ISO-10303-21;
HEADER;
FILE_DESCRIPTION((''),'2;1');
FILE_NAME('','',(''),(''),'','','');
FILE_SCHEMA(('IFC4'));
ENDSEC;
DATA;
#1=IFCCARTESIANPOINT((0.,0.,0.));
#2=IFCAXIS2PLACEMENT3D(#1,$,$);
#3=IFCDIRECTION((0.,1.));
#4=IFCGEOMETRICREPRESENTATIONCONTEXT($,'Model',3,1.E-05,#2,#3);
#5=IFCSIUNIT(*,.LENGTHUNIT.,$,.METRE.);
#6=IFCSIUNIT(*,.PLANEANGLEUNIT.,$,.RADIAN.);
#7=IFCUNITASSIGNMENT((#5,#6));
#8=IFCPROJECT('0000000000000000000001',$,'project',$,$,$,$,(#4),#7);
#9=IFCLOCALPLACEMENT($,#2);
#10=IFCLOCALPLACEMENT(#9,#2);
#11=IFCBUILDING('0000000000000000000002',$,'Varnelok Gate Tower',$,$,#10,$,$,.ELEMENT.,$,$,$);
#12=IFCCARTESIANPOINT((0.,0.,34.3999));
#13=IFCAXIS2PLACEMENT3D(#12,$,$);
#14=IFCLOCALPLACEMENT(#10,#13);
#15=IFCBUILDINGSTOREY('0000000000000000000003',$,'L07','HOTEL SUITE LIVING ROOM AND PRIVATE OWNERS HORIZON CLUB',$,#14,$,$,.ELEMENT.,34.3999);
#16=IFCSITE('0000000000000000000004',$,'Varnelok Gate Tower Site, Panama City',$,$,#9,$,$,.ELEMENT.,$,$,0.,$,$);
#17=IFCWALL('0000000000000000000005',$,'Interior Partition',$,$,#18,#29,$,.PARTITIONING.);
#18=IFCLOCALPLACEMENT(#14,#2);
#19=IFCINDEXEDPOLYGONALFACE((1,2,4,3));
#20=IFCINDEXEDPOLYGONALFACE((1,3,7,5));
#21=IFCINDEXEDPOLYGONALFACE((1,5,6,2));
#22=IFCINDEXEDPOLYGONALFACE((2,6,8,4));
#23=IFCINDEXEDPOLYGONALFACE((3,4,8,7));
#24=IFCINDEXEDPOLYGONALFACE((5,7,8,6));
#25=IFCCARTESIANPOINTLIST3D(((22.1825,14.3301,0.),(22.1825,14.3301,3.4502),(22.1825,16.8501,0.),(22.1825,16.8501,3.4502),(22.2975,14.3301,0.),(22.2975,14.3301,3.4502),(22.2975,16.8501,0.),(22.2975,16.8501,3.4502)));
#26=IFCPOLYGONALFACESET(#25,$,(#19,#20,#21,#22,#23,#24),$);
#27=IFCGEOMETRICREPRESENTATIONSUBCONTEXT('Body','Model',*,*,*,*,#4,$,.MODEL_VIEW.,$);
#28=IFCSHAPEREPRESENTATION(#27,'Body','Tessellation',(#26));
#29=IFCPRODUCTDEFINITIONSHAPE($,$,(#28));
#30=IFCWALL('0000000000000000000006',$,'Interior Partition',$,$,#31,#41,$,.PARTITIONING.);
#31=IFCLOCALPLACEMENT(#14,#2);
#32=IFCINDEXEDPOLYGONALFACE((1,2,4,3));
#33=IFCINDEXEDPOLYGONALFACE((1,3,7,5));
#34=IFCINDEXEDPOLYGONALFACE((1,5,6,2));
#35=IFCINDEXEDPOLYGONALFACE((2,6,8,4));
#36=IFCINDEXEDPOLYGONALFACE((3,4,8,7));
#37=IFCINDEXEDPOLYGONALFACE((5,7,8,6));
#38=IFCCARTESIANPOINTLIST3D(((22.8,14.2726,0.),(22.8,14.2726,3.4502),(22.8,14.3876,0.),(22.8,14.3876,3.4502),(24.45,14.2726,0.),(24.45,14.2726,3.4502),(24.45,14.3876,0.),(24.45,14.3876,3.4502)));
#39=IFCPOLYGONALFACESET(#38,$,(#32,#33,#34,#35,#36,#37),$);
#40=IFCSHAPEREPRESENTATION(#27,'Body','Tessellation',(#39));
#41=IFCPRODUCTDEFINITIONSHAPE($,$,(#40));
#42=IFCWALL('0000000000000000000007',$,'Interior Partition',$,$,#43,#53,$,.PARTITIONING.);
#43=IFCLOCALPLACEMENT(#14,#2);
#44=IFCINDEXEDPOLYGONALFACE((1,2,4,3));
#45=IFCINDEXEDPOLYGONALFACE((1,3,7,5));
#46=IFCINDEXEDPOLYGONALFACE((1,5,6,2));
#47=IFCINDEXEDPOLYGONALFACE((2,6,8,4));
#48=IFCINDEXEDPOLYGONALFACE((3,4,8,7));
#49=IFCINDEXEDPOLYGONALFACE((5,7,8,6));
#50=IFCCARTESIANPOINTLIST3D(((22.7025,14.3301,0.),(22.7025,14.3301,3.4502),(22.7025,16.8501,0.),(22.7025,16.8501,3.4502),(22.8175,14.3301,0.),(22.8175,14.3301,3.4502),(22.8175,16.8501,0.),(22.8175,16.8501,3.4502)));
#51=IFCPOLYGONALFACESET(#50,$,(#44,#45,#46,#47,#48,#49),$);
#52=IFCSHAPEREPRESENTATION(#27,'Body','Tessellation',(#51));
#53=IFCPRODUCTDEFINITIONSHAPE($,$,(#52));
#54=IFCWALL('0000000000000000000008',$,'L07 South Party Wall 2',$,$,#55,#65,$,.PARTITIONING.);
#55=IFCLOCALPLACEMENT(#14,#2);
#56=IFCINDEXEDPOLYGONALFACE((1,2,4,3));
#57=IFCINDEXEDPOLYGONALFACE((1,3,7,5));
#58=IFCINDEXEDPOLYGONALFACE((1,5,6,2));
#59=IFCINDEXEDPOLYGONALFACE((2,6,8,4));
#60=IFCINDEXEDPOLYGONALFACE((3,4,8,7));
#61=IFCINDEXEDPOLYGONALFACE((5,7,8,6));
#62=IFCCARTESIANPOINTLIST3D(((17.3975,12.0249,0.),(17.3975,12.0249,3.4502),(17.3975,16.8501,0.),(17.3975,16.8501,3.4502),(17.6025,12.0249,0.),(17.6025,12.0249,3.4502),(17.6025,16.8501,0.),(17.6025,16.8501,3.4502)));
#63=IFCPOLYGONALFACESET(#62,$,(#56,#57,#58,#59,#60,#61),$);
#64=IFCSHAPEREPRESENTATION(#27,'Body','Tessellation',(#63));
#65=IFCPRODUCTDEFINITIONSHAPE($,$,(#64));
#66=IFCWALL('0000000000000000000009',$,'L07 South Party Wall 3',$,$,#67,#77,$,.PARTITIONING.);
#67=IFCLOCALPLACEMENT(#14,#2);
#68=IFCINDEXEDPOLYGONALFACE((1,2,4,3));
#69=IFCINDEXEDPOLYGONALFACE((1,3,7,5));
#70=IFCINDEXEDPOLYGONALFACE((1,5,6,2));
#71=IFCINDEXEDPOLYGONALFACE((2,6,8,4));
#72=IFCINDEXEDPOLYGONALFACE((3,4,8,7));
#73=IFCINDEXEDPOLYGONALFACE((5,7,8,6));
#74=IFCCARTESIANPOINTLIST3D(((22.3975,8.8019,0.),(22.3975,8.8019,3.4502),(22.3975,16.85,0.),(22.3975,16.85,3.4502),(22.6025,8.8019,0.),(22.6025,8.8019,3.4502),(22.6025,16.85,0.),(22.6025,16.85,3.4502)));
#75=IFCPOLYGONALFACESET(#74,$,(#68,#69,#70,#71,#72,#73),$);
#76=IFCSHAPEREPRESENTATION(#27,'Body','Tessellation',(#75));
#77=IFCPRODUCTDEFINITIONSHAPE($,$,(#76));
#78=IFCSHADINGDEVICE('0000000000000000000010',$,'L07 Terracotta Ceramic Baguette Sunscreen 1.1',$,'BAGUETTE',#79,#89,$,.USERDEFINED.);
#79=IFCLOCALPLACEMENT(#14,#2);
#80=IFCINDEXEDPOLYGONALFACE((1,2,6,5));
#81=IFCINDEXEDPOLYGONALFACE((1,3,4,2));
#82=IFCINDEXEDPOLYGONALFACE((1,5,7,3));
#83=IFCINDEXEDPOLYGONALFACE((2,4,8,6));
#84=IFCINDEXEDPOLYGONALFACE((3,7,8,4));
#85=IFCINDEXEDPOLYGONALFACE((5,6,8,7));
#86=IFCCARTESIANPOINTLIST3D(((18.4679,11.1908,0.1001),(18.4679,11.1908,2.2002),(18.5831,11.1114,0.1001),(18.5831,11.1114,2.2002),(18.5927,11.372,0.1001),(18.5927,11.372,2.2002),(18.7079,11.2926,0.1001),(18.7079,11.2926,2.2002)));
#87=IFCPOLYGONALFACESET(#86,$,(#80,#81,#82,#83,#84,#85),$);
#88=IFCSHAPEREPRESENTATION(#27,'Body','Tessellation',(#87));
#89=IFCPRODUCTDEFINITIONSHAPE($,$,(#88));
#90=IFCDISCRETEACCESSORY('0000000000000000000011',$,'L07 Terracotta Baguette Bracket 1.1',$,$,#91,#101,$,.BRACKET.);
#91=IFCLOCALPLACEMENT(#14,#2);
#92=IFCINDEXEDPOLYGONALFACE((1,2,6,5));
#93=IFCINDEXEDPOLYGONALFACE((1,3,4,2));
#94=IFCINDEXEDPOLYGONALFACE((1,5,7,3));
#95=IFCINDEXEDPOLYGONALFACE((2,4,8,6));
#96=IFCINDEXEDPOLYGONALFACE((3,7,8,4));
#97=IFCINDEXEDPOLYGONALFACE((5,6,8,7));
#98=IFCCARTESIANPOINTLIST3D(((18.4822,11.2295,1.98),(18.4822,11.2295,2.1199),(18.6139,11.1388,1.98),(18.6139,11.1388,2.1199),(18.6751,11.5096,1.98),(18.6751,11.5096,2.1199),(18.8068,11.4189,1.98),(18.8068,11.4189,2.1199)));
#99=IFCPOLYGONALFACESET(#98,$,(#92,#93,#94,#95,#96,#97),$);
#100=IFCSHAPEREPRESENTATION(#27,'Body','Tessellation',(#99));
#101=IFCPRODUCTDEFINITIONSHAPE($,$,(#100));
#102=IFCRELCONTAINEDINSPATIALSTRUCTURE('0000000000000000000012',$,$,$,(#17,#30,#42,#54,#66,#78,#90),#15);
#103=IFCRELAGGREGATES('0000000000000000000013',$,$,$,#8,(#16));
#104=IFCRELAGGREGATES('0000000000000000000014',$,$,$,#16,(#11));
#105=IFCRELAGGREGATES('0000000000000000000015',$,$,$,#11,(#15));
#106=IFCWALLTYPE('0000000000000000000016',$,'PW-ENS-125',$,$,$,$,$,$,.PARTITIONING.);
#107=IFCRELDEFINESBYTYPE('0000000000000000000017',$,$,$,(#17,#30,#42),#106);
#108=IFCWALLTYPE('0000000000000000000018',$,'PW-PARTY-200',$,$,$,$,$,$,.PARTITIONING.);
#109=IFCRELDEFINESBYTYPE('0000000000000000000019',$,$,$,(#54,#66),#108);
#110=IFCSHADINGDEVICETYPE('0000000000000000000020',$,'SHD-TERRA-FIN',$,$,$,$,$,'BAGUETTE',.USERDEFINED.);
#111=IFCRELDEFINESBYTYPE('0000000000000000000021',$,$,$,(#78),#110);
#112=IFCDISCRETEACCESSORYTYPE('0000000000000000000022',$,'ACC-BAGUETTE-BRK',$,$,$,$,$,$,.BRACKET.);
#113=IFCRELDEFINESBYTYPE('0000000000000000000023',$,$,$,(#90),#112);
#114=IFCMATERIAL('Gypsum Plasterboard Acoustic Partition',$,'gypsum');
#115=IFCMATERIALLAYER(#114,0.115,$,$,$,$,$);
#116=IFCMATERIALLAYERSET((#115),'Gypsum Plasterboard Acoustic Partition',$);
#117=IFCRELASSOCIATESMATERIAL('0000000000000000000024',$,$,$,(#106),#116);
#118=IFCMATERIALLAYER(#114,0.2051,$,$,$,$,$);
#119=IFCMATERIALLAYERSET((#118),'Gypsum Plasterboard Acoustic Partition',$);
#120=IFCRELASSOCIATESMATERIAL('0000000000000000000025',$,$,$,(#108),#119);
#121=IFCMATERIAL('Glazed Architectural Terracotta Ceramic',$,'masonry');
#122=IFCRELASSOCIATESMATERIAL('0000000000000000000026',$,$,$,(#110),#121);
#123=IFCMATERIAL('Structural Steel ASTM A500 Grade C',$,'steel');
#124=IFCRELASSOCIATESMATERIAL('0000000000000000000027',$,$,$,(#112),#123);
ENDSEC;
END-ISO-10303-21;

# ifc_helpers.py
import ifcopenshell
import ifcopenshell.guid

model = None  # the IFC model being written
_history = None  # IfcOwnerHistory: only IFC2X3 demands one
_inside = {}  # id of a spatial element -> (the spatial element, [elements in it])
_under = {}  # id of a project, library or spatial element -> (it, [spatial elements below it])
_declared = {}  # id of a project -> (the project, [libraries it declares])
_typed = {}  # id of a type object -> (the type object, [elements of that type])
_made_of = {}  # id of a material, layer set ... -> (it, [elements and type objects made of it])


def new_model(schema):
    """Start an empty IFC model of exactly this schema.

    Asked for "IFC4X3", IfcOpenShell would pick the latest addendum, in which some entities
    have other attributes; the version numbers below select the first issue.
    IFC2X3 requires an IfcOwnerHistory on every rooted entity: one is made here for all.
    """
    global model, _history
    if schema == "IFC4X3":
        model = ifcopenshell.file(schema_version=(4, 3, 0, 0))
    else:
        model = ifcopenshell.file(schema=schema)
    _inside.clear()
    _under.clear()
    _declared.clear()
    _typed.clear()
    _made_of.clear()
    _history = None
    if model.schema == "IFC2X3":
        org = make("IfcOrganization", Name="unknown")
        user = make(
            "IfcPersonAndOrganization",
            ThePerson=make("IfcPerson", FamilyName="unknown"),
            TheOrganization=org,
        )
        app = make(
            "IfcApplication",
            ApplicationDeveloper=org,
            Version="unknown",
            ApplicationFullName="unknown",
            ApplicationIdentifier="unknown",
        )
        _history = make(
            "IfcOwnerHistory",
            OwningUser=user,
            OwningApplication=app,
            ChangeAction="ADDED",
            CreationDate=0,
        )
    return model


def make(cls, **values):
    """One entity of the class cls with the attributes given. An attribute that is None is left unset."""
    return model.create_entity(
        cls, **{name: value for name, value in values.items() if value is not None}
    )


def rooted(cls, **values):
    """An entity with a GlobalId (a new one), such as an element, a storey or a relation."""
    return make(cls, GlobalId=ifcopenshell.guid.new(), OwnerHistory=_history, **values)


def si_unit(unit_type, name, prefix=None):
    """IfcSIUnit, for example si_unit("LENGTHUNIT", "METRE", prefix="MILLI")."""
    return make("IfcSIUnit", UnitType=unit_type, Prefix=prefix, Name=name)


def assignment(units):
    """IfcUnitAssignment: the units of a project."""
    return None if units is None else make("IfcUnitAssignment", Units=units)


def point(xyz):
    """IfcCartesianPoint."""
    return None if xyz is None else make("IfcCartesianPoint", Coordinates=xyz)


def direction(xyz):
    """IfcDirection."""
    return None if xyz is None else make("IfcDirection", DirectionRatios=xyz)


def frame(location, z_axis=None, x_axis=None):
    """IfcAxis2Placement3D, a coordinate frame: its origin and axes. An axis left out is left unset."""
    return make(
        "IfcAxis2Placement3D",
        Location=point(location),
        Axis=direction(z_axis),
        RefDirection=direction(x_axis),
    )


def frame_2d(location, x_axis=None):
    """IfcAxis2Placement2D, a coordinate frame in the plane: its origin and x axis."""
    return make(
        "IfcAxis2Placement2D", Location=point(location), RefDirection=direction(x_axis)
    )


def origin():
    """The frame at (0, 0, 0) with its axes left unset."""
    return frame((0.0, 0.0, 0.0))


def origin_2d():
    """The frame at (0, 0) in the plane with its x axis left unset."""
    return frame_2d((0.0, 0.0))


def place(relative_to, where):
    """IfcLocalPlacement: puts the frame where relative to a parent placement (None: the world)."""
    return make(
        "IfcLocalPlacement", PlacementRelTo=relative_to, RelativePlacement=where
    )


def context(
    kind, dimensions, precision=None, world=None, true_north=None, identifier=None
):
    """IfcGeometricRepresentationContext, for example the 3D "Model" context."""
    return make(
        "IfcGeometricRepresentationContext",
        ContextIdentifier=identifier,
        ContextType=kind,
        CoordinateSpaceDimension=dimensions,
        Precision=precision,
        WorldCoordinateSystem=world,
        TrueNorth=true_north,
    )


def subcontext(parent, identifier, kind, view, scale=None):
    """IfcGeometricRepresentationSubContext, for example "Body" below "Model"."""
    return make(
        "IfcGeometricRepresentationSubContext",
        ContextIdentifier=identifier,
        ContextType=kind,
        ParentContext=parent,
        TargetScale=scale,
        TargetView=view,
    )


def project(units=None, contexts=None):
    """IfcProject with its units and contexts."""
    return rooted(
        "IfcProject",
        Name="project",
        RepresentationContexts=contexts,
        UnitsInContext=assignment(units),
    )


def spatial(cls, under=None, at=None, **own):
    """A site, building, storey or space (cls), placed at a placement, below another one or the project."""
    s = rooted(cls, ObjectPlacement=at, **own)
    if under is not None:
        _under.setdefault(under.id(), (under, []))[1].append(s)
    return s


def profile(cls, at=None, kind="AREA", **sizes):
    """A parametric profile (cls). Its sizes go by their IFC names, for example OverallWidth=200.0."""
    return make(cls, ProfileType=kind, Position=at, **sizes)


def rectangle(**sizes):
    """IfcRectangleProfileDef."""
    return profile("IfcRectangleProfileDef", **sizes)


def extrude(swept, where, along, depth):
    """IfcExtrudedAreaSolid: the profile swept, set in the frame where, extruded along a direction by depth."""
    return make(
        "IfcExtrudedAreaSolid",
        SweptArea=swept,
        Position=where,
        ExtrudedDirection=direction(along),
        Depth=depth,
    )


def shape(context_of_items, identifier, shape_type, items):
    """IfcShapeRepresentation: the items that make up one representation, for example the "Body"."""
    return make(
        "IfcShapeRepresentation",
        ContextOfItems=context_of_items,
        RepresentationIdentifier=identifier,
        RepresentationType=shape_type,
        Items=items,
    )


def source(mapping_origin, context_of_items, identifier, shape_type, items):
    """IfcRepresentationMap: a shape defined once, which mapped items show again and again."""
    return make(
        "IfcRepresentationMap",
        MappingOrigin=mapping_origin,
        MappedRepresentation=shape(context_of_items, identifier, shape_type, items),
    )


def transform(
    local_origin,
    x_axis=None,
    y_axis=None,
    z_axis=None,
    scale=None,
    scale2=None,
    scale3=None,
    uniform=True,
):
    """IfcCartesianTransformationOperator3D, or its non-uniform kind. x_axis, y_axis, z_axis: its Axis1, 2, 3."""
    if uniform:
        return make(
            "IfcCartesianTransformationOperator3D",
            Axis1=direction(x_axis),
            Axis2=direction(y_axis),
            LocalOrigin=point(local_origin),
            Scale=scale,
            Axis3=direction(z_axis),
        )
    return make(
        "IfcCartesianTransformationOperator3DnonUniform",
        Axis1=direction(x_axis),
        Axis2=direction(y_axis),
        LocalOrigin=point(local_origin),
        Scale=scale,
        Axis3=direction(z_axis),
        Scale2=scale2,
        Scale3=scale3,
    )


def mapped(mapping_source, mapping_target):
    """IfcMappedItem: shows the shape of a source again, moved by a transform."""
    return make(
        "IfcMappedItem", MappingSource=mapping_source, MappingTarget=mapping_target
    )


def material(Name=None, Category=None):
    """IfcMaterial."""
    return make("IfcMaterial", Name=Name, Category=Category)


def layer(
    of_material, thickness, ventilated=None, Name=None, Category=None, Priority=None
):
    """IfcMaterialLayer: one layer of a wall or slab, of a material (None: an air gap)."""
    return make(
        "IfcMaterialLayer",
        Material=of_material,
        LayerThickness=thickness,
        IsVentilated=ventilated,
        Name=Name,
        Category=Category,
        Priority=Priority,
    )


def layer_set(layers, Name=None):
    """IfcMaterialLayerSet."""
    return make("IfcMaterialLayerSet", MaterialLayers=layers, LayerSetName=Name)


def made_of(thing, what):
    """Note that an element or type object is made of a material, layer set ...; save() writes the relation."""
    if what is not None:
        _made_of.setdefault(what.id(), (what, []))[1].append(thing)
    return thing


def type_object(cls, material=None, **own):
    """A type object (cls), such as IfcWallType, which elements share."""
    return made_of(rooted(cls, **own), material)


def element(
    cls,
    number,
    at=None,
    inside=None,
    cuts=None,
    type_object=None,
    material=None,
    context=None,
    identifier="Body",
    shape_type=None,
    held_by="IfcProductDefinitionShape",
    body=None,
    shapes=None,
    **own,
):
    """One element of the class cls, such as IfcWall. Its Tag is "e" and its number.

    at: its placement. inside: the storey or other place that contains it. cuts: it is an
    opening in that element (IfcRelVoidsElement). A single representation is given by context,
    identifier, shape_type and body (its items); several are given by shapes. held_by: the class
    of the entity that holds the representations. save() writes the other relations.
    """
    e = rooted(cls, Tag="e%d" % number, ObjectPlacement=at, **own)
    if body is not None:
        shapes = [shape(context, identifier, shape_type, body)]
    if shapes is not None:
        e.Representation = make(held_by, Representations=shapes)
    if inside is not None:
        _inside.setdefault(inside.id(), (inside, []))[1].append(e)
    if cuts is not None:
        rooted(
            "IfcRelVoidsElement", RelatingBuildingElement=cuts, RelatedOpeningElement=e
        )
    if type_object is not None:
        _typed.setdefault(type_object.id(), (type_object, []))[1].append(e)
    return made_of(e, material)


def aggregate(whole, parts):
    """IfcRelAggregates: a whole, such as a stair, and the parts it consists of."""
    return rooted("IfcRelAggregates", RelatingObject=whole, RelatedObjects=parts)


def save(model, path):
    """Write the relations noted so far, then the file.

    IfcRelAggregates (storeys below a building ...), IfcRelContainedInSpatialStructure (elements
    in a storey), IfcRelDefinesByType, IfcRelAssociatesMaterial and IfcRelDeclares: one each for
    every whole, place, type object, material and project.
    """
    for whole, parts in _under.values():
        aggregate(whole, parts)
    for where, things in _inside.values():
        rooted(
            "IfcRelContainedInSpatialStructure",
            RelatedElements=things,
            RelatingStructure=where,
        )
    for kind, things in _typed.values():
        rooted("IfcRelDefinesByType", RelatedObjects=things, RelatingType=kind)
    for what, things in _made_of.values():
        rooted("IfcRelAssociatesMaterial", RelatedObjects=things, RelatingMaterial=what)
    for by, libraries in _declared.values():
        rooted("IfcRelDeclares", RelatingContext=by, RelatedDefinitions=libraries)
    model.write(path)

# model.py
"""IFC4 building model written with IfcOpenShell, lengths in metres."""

from ifc_helpers import new_model, si_unit, direction, frame, frame_2d, origin, origin_2d, place, context, subcontext, project, spatial, rectangle, extrude, source, transform, mapped, material, layer, layer_set, type_object, element, save


model = new_model("IFC4")

# Units and contexts
model_context = context("Model", 3, precision=1e-05, world=origin(), true_north=direction((0.0, 1.0)))
body_context = subcontext(model_context, "Body", "Model", "MODEL_VIEW")
ifc_project = project(units=[si_unit("LENGTHUNIT", "METRE"), si_unit("PLANEANGLEUNIT", "RADIAN")], contexts=[model_context])

# Site, building, storey
site_placement = place(None, origin())
site = spatial("IfcSite", under=ifc_project, at=site_placement, Name="Varnelok Gate Tower Site, Panama City", CompositionType="ELEMENT", RefElevation=0.0)
building_placement = place(site_placement, origin())
building = spatial("IfcBuilding", under=site, at=building_placement, Name="Varnelok Gate Tower", CompositionType="ELEMENT")
storey_placement = place(building_placement, frame((0.0, 0.0, 34.3999)))
storey = spatial("IfcBuildingStorey", under=building, at=storey_placement, Name="L07", Description="HOTEL SUITE LIVING ROOM AND PRIVATE OWNERS HORIZON CLUB", CompositionType="ELEMENT", Elevation=34.3999)

# Shared definitions
ifc_material_1 = material(Name="Gypsum Plasterboard Acoustic Partition", Category="gypsum")

# Shared definitions
ifc_layer_1 = layer(ifc_material_1, 0.115)
ifc_layer_set_1 = layer_set([ifc_layer_1], Name="Gypsum Plasterboard Acoustic Partition")
wall_type_1 = type_object("IfcWallType", Name="PW-ENS-125", PredefinedType="PARTITIONING", material=ifc_layer_set_1)

# Walls
wall_1_placement = place(storey_placement, frame((22.24, 14.3301, 0.0), z_axis=(0.0, 0.0, 1.0), x_axis=(0.0, 1.0, 0.0)))
element("IfcWall", 1, at=wall_1_placement, inside=storey, type_object=wall_type_1, Name="Interior Partition", PredefinedType="PARTITIONING", context=body_context, shape_type="SweptSolid", body=[
    extrude(rectangle(XDim=2.52, YDim=0.115, at=frame_2d((1.26, 0.0))), origin(), (0.0, 0.0, 1.0), 3.4502),
])
wall_2_placement = place(storey_placement, frame((22.8, 14.3301, 0.0), z_axis=(0.0, 0.0, 1.0), x_axis=(1.0, 0.0, 0.0)))
element("IfcWall", 2, at=wall_2_placement, inside=storey, type_object=wall_type_1, Name="Interior Partition", PredefinedType="PARTITIONING", context=body_context, shape_type="SweptSolid", body=[
    extrude(rectangle(XDim=1.6499, YDim=0.115, at=frame_2d((0.825, 0.0))), origin(), (0.0, 0.0, 1.0), 3.4502),
])
wall_3_placement = place(storey_placement, frame((22.76, 14.3301, 0.0), z_axis=(0.0, 0.0, 1.0), x_axis=(0.0, 1.0, 0.0)))
element("IfcWall", 3, at=wall_3_placement, inside=storey, type_object=wall_type_1, Name="Interior Partition", PredefinedType="PARTITIONING", context=body_context, shape_type="SweptSolid", body=[
    extrude(rectangle(XDim=2.52, YDim=0.115, at=frame_2d((1.26, 0.0))), origin(), (0.0, 0.0, 1.0), 3.4502),
])
ifc_layer_2 = layer(ifc_material_1, 0.2051)
ifc_layer_set_2 = layer_set([ifc_layer_2], Name="Gypsum Plasterboard Acoustic Partition")
wall_type_2 = type_object("IfcWallType", Name="PW-PARTY-200", PredefinedType="PARTITIONING", material=ifc_layer_set_2)
wall_4_placement = place(storey_placement, frame((17.5, 12.0249, 0.0), z_axis=(0.0, 0.0, 1.0), x_axis=(0.0, 1.0, 0.0)))
element("IfcWall", 4, at=wall_4_placement, inside=storey, type_object=wall_type_2, Name="L07 South Party Wall 2", PredefinedType="PARTITIONING", context=body_context, shape_type="SweptSolid", body=[
    extrude(rectangle(XDim=4.8252, YDim=0.2051, at=frame_2d((2.4126, 0.0))), origin(), (0.0, 0.0, 1.0), 3.4502),
])
wall_5_placement = place(storey_placement, frame((22.5, 8.802, 0.0), z_axis=(0.0, 0.0, 1.0), x_axis=(0.0, 1.0, 0.0)))
element("IfcWall", 5, at=wall_5_placement, inside=storey, type_object=wall_type_2, Name="L07 South Party Wall 3", PredefinedType="PARTITIONING", context=body_context, shape_type="SweptSolid", body=[
    extrude(rectangle(XDim=8.0481, YDim=0.2051, at=frame_2d((4.0239, 0.0))), origin(), (0.0, 0.0, 1.0), 3.4502),
])

# Shading device
ifc_material_2 = material(Name="Glazed Architectural Terracotta Ceramic", Category="masonry")
shading_device_type = type_object("IfcShadingDeviceType", Name="SHD-TERRA-FIN", ElementType="BAGUETTE", PredefinedType="USERDEFINED", material=ifc_material_2)
shared_shape_1 = source(origin(), body_context, "Body", "SweptSolid", [
    extrude(rectangle(XDim=0.1399, YDim=0.22, at=origin_2d()), origin(), (0.0, 0.0, 1.0), 2.1001),
])
shading_device_placement = place(storey_placement, frame((18.5879, 11.2417, 0.1001), z_axis=(0.0, 0.0, 1.0), x_axis=(0.823533, -0.567269, 0.0)))
element("IfcShadingDevice", 6, at=shading_device_placement, inside=storey, type_object=shading_device_type, Name="L07 Terracotta Ceramic Baguette Sunscreen 1.1", ObjectType="BAGUETTE", PredefinedType="USERDEFINED", context=body_context, shape_type="MappedRepresentation", body=[
    mapped(shared_shape_1, transform((0.0, 0.0, 0.0), scale=1.0)),
])

# Discrete accessory
ifc_material_3 = material(Name="Structural Steel ASTM A500 Grade C", Category="steel")
discrete_accessory_type = type_object("IfcDiscreteAccessoryType", Name="ACC-BAGUETTE-BRK", PredefinedType="BRACKET", material=ifc_material_3)
shared_shape_2 = source(origin(), body_context, "Body", "SweptSolid", [
    extrude(rectangle(XDim=0.1599, YDim=0.3401, at=origin_2d()), origin(), (0.0, 0.0, 1.0), 0.1399),
])
discrete_accessory_placement = place(storey_placement, frame((18.6445, 11.3242, 1.98), z_axis=(0.0, 0.0, 1.0), x_axis=(0.823533, -0.567269, 0.0)))
element("IfcDiscreteAccessory", 7, at=discrete_accessory_placement, inside=storey, type_object=discrete_accessory_type, Name="L07 Terracotta Baguette Bracket 1.1", PredefinedType="BRACKET", context=body_context, shape_type="MappedRepresentation", body=[
    mapped(shared_shape_2, transform((0.0, 0.0, 0.0), scale=1.0)),
])

save(model, "model.ifc")
